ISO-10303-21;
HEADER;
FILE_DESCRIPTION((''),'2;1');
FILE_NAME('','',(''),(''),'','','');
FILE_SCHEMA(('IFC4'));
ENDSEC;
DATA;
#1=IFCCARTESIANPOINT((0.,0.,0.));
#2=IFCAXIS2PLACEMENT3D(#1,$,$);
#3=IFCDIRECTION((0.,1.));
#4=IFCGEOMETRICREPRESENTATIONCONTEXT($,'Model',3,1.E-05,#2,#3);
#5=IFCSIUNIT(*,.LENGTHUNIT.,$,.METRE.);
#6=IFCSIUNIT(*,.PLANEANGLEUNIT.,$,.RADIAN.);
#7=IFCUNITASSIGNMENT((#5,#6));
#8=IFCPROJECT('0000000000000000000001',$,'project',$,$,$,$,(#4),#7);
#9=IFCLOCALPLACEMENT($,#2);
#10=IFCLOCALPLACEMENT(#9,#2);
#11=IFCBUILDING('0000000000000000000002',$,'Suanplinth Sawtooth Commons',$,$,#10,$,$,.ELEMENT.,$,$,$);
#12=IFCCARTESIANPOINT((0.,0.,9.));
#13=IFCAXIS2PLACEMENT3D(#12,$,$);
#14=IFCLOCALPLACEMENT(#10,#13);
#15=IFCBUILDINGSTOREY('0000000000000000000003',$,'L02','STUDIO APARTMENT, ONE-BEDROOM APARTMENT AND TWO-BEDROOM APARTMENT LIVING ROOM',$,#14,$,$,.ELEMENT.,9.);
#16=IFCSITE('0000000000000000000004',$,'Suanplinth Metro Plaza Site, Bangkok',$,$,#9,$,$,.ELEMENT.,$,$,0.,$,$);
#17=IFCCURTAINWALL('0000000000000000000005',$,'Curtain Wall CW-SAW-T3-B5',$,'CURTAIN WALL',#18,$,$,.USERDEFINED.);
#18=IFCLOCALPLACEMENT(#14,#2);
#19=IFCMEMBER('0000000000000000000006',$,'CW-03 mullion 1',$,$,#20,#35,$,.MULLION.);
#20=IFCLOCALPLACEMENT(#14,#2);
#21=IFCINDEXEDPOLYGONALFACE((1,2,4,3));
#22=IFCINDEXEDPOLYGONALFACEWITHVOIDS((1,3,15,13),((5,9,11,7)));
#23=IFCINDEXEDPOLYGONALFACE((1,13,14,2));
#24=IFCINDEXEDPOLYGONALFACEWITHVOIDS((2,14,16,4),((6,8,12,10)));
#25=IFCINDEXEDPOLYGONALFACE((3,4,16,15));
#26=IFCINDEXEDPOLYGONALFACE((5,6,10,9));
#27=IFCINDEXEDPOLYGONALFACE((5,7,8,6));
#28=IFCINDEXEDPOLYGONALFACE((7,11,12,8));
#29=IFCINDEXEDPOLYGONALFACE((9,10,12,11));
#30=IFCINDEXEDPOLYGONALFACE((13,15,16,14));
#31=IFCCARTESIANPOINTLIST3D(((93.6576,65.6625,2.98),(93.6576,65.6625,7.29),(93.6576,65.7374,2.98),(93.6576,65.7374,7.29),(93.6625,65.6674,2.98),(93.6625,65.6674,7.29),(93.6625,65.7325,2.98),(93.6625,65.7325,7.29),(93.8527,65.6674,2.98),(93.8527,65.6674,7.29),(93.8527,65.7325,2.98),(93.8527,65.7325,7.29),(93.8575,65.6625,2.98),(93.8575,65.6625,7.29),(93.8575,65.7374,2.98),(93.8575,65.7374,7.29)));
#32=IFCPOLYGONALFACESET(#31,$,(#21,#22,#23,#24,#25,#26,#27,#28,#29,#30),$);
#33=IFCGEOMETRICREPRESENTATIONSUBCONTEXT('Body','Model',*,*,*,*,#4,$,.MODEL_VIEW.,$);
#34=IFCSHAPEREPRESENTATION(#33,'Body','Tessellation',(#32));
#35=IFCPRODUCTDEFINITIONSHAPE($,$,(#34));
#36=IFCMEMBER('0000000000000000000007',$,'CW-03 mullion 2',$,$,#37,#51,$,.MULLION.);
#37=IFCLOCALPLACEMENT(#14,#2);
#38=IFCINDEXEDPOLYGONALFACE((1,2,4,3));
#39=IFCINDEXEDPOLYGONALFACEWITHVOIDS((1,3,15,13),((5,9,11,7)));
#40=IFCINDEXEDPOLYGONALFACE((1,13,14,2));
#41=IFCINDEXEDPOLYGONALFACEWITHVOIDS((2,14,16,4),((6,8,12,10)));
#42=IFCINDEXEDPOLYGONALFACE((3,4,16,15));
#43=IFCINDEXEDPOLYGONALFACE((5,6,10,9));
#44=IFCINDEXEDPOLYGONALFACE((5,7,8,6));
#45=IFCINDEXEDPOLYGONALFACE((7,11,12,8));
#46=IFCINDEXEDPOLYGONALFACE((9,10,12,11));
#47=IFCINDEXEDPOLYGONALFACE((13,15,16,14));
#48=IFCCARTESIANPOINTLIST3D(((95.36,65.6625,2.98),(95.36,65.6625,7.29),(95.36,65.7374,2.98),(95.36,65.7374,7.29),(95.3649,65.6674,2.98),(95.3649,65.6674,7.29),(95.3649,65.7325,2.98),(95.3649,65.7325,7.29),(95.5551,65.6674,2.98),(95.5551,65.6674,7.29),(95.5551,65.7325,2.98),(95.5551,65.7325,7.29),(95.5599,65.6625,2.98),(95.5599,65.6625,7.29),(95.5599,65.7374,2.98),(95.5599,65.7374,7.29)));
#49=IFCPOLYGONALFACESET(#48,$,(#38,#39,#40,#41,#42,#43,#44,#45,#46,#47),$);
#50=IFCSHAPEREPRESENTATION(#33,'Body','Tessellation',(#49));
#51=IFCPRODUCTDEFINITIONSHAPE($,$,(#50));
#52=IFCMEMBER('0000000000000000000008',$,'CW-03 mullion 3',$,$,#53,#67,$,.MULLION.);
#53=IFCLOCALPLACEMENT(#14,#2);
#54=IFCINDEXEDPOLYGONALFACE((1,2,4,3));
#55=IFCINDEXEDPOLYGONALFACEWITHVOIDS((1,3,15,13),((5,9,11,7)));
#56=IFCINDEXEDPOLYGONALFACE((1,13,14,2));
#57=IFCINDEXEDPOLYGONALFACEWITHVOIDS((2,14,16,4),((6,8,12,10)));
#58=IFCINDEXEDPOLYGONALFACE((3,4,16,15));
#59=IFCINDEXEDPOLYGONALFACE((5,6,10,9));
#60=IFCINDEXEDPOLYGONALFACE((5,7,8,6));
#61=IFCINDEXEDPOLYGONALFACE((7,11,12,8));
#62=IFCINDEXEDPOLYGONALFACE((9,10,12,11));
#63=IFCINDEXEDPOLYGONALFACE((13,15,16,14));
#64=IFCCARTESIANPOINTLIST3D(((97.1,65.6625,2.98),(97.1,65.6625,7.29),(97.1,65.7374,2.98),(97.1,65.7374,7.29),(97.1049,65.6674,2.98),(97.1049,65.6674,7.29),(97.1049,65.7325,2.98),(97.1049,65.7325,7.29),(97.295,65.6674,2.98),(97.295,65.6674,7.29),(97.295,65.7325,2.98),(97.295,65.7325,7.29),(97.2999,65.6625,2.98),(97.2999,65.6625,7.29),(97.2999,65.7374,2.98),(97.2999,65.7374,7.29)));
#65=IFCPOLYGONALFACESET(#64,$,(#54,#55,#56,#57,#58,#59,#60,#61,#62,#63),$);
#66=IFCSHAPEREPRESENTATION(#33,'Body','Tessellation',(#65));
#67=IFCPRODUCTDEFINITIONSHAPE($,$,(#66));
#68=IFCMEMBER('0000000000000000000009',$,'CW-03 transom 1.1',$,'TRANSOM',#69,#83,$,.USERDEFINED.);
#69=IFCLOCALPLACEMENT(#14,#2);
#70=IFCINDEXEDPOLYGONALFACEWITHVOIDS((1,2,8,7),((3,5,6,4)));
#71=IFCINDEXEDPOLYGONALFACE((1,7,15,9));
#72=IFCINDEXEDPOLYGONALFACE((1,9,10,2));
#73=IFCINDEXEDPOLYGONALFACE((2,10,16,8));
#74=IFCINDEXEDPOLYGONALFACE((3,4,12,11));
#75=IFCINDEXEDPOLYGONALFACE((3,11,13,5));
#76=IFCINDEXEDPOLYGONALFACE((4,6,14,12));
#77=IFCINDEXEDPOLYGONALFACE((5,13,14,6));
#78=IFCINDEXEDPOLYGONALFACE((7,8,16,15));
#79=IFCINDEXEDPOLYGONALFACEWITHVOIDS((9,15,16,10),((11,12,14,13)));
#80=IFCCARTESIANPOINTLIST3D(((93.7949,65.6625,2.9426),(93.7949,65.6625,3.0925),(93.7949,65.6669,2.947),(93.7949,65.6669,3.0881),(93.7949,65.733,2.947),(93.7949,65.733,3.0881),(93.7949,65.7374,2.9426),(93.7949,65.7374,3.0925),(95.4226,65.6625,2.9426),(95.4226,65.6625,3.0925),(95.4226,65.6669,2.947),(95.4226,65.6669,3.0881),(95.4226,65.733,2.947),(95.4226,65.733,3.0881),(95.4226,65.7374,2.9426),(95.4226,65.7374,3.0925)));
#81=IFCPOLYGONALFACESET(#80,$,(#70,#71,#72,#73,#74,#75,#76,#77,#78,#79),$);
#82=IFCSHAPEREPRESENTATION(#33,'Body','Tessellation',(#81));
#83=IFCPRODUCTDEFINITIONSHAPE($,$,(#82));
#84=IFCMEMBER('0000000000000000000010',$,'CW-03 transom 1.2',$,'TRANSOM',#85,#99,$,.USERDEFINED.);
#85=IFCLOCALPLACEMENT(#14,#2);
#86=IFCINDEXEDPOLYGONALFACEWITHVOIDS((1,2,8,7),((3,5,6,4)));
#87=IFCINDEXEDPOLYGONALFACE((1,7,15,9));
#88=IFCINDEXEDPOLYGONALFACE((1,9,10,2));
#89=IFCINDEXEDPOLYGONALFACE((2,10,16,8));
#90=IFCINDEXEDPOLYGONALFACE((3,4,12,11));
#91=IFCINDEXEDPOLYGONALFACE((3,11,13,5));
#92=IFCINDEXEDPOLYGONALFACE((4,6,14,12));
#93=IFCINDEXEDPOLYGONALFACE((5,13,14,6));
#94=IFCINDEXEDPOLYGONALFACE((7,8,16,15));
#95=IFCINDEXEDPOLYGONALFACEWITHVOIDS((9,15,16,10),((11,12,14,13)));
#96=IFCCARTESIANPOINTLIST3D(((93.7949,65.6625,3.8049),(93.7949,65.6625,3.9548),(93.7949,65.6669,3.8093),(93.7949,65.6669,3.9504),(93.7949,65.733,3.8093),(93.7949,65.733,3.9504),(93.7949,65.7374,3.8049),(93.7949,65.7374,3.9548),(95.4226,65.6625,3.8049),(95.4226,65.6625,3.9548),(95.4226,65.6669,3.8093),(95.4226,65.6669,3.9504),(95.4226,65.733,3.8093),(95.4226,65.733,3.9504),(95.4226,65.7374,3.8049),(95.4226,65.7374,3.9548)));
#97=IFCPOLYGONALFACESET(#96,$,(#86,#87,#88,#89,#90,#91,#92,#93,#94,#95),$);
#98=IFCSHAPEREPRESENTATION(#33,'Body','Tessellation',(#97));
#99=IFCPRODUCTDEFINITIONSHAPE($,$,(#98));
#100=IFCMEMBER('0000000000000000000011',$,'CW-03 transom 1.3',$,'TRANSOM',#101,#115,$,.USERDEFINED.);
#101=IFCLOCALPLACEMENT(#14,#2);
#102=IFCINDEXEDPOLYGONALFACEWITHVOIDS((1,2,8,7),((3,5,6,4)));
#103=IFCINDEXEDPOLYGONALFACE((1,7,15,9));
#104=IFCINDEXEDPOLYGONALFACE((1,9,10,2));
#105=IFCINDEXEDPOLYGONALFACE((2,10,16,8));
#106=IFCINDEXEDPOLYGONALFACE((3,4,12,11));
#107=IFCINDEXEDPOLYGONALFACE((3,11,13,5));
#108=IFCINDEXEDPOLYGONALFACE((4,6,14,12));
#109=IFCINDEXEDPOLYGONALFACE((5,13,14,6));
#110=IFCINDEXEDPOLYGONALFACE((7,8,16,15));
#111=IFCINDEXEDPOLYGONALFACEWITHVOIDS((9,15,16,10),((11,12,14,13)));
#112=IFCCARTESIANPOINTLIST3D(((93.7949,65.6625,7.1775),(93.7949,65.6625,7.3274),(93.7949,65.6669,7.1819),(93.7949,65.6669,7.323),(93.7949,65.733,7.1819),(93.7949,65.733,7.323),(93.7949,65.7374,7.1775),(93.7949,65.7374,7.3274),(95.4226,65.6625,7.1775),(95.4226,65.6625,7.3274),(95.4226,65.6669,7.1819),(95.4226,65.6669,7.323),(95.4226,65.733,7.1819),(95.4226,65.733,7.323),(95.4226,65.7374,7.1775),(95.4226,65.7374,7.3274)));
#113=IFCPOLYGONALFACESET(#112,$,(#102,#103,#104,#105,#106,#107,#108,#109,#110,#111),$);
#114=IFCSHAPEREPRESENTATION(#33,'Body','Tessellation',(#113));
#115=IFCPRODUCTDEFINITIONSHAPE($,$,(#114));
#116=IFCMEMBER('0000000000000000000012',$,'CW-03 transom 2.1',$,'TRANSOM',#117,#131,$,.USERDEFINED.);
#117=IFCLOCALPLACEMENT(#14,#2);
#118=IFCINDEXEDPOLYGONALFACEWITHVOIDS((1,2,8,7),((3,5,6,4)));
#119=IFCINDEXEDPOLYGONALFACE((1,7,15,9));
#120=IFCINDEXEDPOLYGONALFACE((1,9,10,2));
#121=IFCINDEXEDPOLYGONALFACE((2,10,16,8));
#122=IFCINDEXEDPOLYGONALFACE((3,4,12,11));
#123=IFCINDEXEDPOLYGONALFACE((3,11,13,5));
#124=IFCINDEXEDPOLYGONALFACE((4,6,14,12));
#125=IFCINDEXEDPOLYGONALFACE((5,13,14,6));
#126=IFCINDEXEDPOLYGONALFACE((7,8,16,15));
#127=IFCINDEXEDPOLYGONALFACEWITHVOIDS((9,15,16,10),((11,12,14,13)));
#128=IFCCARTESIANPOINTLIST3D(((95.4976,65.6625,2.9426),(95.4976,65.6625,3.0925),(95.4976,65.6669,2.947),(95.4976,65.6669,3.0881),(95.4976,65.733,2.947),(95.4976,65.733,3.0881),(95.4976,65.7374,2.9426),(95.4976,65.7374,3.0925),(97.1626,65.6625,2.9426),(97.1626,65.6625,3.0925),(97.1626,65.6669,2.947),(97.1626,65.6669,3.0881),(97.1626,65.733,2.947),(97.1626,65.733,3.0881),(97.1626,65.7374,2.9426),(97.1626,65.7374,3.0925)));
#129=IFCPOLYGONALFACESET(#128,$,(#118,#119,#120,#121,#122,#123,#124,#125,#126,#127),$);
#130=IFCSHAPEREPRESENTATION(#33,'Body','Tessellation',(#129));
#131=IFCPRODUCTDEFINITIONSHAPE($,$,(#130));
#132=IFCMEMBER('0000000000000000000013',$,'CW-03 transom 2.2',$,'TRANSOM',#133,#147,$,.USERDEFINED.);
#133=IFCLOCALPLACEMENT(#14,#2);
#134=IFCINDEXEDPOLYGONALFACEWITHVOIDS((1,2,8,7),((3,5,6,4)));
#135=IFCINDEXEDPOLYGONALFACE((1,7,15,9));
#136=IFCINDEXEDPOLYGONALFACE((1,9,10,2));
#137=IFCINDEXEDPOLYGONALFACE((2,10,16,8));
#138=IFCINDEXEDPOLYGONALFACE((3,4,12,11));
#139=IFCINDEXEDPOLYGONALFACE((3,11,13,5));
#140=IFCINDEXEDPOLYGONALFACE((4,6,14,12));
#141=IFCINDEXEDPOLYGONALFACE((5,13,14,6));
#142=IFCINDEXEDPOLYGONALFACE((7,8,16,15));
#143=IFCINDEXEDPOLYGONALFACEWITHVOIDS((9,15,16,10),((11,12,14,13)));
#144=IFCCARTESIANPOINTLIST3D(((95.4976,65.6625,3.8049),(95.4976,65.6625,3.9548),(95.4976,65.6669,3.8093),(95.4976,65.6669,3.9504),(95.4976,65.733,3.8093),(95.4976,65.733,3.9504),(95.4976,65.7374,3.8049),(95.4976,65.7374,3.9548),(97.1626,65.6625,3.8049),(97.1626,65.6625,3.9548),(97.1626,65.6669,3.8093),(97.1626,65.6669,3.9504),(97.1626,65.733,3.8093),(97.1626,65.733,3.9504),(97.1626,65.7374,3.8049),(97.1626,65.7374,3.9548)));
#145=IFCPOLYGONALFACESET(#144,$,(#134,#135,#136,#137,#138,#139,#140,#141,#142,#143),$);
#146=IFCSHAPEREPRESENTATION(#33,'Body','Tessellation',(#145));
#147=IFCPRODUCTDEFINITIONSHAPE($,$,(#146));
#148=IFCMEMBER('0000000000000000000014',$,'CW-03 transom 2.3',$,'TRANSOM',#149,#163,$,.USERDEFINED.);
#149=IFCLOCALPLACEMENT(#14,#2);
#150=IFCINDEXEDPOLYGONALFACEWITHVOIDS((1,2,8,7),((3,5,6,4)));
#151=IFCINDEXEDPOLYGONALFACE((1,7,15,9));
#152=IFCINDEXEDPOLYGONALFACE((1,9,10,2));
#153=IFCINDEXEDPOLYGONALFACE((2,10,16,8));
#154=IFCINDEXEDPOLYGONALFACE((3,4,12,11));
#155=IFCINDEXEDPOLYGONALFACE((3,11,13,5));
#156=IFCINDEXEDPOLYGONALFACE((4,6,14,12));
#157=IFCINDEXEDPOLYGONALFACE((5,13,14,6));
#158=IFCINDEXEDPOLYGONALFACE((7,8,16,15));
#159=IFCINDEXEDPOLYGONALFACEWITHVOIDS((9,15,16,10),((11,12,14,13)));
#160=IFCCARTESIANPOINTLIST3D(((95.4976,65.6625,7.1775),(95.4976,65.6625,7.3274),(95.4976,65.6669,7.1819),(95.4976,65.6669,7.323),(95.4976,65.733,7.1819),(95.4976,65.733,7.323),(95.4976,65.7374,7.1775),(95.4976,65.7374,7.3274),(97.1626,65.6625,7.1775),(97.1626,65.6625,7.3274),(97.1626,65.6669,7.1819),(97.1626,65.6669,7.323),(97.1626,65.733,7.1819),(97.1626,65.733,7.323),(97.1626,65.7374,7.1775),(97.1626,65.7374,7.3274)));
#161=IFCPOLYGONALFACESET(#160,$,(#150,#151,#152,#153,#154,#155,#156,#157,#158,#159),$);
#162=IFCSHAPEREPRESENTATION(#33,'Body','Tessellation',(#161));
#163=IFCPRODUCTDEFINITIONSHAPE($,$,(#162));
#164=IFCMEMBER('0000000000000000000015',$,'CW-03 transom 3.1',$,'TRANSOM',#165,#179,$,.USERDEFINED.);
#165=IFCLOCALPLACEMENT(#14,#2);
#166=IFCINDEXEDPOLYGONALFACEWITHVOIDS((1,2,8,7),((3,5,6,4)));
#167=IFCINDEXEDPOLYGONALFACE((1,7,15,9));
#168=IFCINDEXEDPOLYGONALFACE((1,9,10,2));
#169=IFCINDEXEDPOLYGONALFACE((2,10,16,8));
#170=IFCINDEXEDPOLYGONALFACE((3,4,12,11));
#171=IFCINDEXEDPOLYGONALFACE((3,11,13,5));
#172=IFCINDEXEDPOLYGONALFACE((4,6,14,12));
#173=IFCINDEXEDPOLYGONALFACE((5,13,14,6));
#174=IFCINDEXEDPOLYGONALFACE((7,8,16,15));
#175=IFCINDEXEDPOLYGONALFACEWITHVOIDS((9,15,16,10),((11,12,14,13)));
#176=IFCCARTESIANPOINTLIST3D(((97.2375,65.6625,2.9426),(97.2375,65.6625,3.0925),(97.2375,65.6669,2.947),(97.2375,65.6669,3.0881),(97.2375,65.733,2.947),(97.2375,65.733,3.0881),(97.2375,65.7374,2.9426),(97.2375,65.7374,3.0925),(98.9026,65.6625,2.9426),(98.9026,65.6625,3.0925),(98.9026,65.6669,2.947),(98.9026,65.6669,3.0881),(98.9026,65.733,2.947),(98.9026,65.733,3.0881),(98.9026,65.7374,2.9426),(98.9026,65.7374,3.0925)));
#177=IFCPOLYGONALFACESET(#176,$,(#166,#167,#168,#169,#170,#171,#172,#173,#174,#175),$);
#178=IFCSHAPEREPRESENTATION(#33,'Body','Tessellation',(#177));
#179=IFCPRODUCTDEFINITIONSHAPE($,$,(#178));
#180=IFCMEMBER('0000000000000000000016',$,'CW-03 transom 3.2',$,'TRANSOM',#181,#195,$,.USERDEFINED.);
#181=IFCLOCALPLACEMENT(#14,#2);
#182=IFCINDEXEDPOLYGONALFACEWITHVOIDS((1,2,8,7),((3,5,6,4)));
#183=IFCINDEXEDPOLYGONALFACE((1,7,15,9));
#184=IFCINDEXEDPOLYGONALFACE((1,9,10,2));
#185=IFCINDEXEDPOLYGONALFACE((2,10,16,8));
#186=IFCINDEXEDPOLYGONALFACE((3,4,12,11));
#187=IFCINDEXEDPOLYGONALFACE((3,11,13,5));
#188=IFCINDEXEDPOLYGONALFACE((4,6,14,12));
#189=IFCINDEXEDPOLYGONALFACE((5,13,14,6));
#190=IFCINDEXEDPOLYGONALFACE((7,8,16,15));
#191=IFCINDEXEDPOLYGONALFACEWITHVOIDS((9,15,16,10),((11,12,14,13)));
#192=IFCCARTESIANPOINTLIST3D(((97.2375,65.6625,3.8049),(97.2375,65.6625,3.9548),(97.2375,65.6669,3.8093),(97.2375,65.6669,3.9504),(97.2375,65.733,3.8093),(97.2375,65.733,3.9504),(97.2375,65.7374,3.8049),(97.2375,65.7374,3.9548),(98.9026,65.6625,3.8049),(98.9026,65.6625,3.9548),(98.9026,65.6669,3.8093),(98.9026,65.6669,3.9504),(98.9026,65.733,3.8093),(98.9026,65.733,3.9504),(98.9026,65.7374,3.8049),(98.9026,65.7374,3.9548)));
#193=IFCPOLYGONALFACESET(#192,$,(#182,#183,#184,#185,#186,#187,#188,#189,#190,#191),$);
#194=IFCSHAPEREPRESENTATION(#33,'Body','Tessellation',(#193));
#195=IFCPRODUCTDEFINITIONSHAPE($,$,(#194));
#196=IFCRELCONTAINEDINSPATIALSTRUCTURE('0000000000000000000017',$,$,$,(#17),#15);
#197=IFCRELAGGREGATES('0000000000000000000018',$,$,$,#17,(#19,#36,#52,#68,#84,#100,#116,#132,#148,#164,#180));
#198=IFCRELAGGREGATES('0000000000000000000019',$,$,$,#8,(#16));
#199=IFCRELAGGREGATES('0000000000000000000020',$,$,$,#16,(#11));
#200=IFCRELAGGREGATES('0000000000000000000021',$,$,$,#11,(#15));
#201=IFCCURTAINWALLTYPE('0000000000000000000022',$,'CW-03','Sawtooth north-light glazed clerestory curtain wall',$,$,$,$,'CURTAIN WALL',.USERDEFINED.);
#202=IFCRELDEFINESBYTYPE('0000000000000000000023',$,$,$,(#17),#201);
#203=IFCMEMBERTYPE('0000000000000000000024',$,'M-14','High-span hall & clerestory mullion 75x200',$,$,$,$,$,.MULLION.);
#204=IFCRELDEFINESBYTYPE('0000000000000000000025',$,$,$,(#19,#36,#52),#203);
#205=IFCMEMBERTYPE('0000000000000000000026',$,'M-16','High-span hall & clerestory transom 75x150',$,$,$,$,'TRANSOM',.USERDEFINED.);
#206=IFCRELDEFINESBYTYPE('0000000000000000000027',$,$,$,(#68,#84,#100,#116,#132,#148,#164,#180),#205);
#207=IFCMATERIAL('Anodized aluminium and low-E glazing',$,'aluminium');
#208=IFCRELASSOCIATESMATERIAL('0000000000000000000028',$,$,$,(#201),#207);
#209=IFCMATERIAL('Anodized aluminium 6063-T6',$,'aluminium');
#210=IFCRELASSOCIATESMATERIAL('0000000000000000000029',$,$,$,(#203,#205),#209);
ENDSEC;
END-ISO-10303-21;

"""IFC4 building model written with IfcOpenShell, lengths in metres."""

from ifc_helpers import new_model, si_unit, direction, frame, origin, origin_2d, place, context, subcontext, project, spatial, hollow_rectangle, extrude, material, material_profile, profile_set, type_object, element, aggregate, save


model = new_model("IFC4")

# Units and contexts
model_context = context("Model", 3, precision=1e-05, world=origin(), true_north=direction((0.0, 1.0)))
body_context = subcontext(model_context, "Body", "Model", "MODEL_VIEW")
ifc_project = project(units=[si_unit("LENGTHUNIT", "METRE"), si_unit("PLANEANGLEUNIT", "RADIAN")], contexts=[model_context])

# Site, building, storey
site_placement = place(None, origin())
site = spatial("IfcSite", under=ifc_project, at=site_placement, Name="Suanplinth Metro Plaza Site, Bangkok", CompositionType="ELEMENT", RefElevation=0.0)
building_placement = place(site_placement, origin())
building = spatial("IfcBuilding", under=site, at=building_placement, Name="Suanplinth Sawtooth Commons", CompositionType="ELEMENT")
storey_placement = place(building_placement, frame((0.0, 0.0, 9.0)))
storey = spatial("IfcBuildingStorey", under=building, at=storey_placement, Name="L02", Description="STUDIO APARTMENT, ONE-BEDROOM APARTMENT AND TWO-BEDROOM APARTMENT LIVING ROOM", CompositionType="ELEMENT", Elevation=9.0)

# Shared definitions
ifc_material_1 = material(Name="Anodized aluminium and low-E glazing", Category="aluminium")
curtain_wall_type = type_object("IfcCurtainWallType", Name="CW-03", Description="Sawtooth north-light glazed clerestory curtain wall", ElementType="CURTAIN WALL", PredefinedType="USERDEFINED", material=ifc_material_1)
ifc_material_2 = material(Name="Anodized aluminium 6063-T6", Category="aluminium")
ifc_material_profile_1 = material_profile(ifc_material_2, hollow_rectangle(XDim=0.075, YDim=0.2, WallThickness=0.0049, at=origin_2d()), Name="ALU-MUL 75x200")
ifc_profile_set_1 = profile_set([ifc_material_profile_1], Name="Anodized aluminium 6063-T6")
member_type_1 = type_object("IfcMemberType", Name="M-14", Description="High-span hall & clerestory mullion 75x200", PredefinedType="MULLION", material=ifc_profile_set_1)

# Curtain wall, members
curtain_wall_1_placement = place(storey_placement, origin())
curtain_wall_1 = element("IfcCurtainWall", 1, at=curtain_wall_1_placement, inside=storey, type_object=curtain_wall_type, Name="Curtain Wall CW-SAW-T3-B5", ObjectType="CURTAIN WALL", PredefinedType="USERDEFINED")
member_1_placement = place(storey_placement, frame((93.7576, 65.7, 2.98), z_axis=(0.0, 0.0, 1.0), x_axis=(0.0, 1.0, 0.0)))
member_1 = element("IfcMember", 2, at=member_1_placement, type_object=member_type_1, Name="CW-03 mullion 1", PredefinedType="MULLION", context=body_context, shape_type="SweptSolid", body=[
    extrude(hollow_rectangle(XDim=0.075, YDim=0.2, WallThickness=0.0049, at=origin_2d()), origin(), (0.0, 0.0, 1.0), 4.3101),
])
member_2_placement = place(storey_placement, frame((95.46, 65.7, 2.98), z_axis=(0.0, 0.0, 1.0), x_axis=(0.0, 1.0, 0.0)))
member_2 = element("IfcMember", 3, at=member_2_placement, type_object=member_type_1, Name="CW-03 mullion 2", PredefinedType="MULLION", context=body_context, shape_type="SweptSolid", body=[
    extrude(hollow_rectangle(XDim=0.075, YDim=0.2, WallThickness=0.0049, at=origin_2d()), origin(), (0.0, 0.0, 1.0), 4.3101),
])
member_3_placement = place(storey_placement, frame((97.2, 65.7, 2.98), z_axis=(0.0, 0.0, 1.0), x_axis=(0.0, 1.0, 0.0)))
member_3 = element("IfcMember", 4, at=member_3_placement, type_object=member_type_1, Name="CW-03 mullion 3", PredefinedType="MULLION", context=body_context, shape_type="SweptSolid", body=[
    extrude(hollow_rectangle(XDim=0.075, YDim=0.2, WallThickness=0.0049, at=origin_2d()), origin(), (0.0, 0.0, 1.0), 4.3101),
])
ifc_material_profile_2 = material_profile(ifc_material_2, hollow_rectangle(XDim=0.075, YDim=0.1499, WallThickness=0.0044, at=origin_2d()), Name="ALU-TRN 75x150")
ifc_profile_set_2 = profile_set([ifc_material_profile_2], Name="Anodized aluminium 6063-T6")
member_type_2 = type_object("IfcMemberType", Name="M-16", Description="High-span hall & clerestory transom 75x150", ElementType="TRANSOM", PredefinedType="USERDEFINED", material=ifc_profile_set_2)
member_4_placement = place(storey_placement, frame((93.7949, 65.7, 3.0176), z_axis=(1.0, 0.0, 0.0), x_axis=(0.0, 1.0, 0.0)))
member_4 = element("IfcMember", 5, at=member_4_placement, type_object=member_type_2, Name="CW-03 transom 1.1", ObjectType="TRANSOM", PredefinedType="USERDEFINED", context=body_context, shape_type="SweptSolid", body=[
    extrude(hollow_rectangle(XDim=0.075, YDim=0.1499, WallThickness=0.0044, at=origin_2d()), origin(), (0.0, 0.0, 1.0), 1.6277),
])
member_5_placement = place(storey_placement, frame((93.7949, 65.7, 3.8799), z_axis=(1.0, 0.0, 0.0), x_axis=(0.0, 1.0, 0.0)))
member_5 = element("IfcMember", 6, at=member_5_placement, type_object=member_type_2, Name="CW-03 transom 1.2", ObjectType="TRANSOM", PredefinedType="USERDEFINED", context=body_context, shape_type="SweptSolid", body=[
    extrude(hollow_rectangle(XDim=0.075, YDim=0.1499, WallThickness=0.0044, at=origin_2d()), origin(), (0.0, 0.0, 1.0), 1.6277),
])
member_6_placement = place(storey_placement, frame((93.7949, 65.7, 7.2524), z_axis=(1.0, 0.0, 0.0), x_axis=(0.0, 1.0, 0.0)))
member_6 = element("IfcMember", 7, at=member_6_placement, type_object=member_type_2, Name="CW-03 transom 1.3", ObjectType="TRANSOM", PredefinedType="USERDEFINED", context=body_context, shape_type="SweptSolid", body=[
    extrude(hollow_rectangle(XDim=0.075, YDim=0.1499, WallThickness=0.0044, at=origin_2d()), origin(), (0.0, 0.0, 1.0), 1.6277),
])
member_7_placement = place(storey_placement, frame((95.4976, 65.7, 3.0176), z_axis=(1.0, 0.0, 0.0), x_axis=(0.0, 1.0, 0.0)))
member_7 = element("IfcMember", 8, at=member_7_placement, type_object=member_type_2, Name="CW-03 transom 2.1", ObjectType="TRANSOM", PredefinedType="USERDEFINED", context=body_context, shape_type="SweptSolid", body=[
    extrude(hollow_rectangle(XDim=0.075, YDim=0.1499, WallThickness=0.0044, at=origin_2d()), origin(), (0.0, 0.0, 1.0), 1.665),
])
member_8_placement = place(storey_placement, frame((95.4976, 65.7, 3.8799), z_axis=(1.0, 0.0, 0.0), x_axis=(0.0, 1.0, 0.0)))
member_8 = element("IfcMember", 9, at=member_8_placement, type_object=member_type_2, Name="CW-03 transom 2.2", ObjectType="TRANSOM", PredefinedType="USERDEFINED", context=body_context, shape_type="SweptSolid", body=[
    extrude(hollow_rectangle(XDim=0.075, YDim=0.1499, WallThickness=0.0044, at=origin_2d()), origin(), (0.0, 0.0, 1.0), 1.665),
])
member_9_placement = place(storey_placement, frame((95.4976, 65.7, 7.2524), z_axis=(1.0, 0.0, 0.0), x_axis=(0.0, 1.0, 0.0)))
member_9 = element("IfcMember", 10, at=member_9_placement, type_object=member_type_2, Name="CW-03 transom 2.3", ObjectType="TRANSOM", PredefinedType="USERDEFINED", context=body_context, shape_type="SweptSolid", body=[
    extrude(hollow_rectangle(XDim=0.075, YDim=0.1499, WallThickness=0.0044, at=origin_2d()), origin(), (0.0, 0.0, 1.0), 1.665),
])
member_10_placement = place(storey_placement, frame((97.2375, 65.7, 3.0176), z_axis=(1.0, 0.0, 0.0), x_axis=(0.0, 1.0, 0.0)))
member_10 = element("IfcMember", 11, at=member_10_placement, type_object=member_type_2, Name="CW-03 transom 3.1", ObjectType="TRANSOM", PredefinedType="USERDEFINED", context=body_context, shape_type="SweptSolid", body=[
    extrude(hollow_rectangle(XDim=0.075, YDim=0.1499, WallThickness=0.0044, at=origin_2d()), origin(), (0.0, 0.0, 1.0), 1.665),
])
member_11_placement = place(storey_placement, frame((97.2375, 65.7, 3.8799), z_axis=(1.0, 0.0, 0.0), x_axis=(0.0, 1.0, 0.0)))
member_11 = element("IfcMember", 12, at=member_11_placement, type_object=member_type_2, Name="CW-03 transom 3.2", ObjectType="TRANSOM", PredefinedType="USERDEFINED", context=body_context, shape_type="SweptSolid", body=[
    extrude(hollow_rectangle(XDim=0.075, YDim=0.1499, WallThickness=0.0044, at=origin_2d()), origin(), (0.0, 0.0, 1.0), 1.665),
])

aggregate(curtain_wall_1, [member_1, member_2, member_3, member_4, member_5, member_6, member_7, member_8, member_9, member_10, member_11])

save(model, "model.ifc")
